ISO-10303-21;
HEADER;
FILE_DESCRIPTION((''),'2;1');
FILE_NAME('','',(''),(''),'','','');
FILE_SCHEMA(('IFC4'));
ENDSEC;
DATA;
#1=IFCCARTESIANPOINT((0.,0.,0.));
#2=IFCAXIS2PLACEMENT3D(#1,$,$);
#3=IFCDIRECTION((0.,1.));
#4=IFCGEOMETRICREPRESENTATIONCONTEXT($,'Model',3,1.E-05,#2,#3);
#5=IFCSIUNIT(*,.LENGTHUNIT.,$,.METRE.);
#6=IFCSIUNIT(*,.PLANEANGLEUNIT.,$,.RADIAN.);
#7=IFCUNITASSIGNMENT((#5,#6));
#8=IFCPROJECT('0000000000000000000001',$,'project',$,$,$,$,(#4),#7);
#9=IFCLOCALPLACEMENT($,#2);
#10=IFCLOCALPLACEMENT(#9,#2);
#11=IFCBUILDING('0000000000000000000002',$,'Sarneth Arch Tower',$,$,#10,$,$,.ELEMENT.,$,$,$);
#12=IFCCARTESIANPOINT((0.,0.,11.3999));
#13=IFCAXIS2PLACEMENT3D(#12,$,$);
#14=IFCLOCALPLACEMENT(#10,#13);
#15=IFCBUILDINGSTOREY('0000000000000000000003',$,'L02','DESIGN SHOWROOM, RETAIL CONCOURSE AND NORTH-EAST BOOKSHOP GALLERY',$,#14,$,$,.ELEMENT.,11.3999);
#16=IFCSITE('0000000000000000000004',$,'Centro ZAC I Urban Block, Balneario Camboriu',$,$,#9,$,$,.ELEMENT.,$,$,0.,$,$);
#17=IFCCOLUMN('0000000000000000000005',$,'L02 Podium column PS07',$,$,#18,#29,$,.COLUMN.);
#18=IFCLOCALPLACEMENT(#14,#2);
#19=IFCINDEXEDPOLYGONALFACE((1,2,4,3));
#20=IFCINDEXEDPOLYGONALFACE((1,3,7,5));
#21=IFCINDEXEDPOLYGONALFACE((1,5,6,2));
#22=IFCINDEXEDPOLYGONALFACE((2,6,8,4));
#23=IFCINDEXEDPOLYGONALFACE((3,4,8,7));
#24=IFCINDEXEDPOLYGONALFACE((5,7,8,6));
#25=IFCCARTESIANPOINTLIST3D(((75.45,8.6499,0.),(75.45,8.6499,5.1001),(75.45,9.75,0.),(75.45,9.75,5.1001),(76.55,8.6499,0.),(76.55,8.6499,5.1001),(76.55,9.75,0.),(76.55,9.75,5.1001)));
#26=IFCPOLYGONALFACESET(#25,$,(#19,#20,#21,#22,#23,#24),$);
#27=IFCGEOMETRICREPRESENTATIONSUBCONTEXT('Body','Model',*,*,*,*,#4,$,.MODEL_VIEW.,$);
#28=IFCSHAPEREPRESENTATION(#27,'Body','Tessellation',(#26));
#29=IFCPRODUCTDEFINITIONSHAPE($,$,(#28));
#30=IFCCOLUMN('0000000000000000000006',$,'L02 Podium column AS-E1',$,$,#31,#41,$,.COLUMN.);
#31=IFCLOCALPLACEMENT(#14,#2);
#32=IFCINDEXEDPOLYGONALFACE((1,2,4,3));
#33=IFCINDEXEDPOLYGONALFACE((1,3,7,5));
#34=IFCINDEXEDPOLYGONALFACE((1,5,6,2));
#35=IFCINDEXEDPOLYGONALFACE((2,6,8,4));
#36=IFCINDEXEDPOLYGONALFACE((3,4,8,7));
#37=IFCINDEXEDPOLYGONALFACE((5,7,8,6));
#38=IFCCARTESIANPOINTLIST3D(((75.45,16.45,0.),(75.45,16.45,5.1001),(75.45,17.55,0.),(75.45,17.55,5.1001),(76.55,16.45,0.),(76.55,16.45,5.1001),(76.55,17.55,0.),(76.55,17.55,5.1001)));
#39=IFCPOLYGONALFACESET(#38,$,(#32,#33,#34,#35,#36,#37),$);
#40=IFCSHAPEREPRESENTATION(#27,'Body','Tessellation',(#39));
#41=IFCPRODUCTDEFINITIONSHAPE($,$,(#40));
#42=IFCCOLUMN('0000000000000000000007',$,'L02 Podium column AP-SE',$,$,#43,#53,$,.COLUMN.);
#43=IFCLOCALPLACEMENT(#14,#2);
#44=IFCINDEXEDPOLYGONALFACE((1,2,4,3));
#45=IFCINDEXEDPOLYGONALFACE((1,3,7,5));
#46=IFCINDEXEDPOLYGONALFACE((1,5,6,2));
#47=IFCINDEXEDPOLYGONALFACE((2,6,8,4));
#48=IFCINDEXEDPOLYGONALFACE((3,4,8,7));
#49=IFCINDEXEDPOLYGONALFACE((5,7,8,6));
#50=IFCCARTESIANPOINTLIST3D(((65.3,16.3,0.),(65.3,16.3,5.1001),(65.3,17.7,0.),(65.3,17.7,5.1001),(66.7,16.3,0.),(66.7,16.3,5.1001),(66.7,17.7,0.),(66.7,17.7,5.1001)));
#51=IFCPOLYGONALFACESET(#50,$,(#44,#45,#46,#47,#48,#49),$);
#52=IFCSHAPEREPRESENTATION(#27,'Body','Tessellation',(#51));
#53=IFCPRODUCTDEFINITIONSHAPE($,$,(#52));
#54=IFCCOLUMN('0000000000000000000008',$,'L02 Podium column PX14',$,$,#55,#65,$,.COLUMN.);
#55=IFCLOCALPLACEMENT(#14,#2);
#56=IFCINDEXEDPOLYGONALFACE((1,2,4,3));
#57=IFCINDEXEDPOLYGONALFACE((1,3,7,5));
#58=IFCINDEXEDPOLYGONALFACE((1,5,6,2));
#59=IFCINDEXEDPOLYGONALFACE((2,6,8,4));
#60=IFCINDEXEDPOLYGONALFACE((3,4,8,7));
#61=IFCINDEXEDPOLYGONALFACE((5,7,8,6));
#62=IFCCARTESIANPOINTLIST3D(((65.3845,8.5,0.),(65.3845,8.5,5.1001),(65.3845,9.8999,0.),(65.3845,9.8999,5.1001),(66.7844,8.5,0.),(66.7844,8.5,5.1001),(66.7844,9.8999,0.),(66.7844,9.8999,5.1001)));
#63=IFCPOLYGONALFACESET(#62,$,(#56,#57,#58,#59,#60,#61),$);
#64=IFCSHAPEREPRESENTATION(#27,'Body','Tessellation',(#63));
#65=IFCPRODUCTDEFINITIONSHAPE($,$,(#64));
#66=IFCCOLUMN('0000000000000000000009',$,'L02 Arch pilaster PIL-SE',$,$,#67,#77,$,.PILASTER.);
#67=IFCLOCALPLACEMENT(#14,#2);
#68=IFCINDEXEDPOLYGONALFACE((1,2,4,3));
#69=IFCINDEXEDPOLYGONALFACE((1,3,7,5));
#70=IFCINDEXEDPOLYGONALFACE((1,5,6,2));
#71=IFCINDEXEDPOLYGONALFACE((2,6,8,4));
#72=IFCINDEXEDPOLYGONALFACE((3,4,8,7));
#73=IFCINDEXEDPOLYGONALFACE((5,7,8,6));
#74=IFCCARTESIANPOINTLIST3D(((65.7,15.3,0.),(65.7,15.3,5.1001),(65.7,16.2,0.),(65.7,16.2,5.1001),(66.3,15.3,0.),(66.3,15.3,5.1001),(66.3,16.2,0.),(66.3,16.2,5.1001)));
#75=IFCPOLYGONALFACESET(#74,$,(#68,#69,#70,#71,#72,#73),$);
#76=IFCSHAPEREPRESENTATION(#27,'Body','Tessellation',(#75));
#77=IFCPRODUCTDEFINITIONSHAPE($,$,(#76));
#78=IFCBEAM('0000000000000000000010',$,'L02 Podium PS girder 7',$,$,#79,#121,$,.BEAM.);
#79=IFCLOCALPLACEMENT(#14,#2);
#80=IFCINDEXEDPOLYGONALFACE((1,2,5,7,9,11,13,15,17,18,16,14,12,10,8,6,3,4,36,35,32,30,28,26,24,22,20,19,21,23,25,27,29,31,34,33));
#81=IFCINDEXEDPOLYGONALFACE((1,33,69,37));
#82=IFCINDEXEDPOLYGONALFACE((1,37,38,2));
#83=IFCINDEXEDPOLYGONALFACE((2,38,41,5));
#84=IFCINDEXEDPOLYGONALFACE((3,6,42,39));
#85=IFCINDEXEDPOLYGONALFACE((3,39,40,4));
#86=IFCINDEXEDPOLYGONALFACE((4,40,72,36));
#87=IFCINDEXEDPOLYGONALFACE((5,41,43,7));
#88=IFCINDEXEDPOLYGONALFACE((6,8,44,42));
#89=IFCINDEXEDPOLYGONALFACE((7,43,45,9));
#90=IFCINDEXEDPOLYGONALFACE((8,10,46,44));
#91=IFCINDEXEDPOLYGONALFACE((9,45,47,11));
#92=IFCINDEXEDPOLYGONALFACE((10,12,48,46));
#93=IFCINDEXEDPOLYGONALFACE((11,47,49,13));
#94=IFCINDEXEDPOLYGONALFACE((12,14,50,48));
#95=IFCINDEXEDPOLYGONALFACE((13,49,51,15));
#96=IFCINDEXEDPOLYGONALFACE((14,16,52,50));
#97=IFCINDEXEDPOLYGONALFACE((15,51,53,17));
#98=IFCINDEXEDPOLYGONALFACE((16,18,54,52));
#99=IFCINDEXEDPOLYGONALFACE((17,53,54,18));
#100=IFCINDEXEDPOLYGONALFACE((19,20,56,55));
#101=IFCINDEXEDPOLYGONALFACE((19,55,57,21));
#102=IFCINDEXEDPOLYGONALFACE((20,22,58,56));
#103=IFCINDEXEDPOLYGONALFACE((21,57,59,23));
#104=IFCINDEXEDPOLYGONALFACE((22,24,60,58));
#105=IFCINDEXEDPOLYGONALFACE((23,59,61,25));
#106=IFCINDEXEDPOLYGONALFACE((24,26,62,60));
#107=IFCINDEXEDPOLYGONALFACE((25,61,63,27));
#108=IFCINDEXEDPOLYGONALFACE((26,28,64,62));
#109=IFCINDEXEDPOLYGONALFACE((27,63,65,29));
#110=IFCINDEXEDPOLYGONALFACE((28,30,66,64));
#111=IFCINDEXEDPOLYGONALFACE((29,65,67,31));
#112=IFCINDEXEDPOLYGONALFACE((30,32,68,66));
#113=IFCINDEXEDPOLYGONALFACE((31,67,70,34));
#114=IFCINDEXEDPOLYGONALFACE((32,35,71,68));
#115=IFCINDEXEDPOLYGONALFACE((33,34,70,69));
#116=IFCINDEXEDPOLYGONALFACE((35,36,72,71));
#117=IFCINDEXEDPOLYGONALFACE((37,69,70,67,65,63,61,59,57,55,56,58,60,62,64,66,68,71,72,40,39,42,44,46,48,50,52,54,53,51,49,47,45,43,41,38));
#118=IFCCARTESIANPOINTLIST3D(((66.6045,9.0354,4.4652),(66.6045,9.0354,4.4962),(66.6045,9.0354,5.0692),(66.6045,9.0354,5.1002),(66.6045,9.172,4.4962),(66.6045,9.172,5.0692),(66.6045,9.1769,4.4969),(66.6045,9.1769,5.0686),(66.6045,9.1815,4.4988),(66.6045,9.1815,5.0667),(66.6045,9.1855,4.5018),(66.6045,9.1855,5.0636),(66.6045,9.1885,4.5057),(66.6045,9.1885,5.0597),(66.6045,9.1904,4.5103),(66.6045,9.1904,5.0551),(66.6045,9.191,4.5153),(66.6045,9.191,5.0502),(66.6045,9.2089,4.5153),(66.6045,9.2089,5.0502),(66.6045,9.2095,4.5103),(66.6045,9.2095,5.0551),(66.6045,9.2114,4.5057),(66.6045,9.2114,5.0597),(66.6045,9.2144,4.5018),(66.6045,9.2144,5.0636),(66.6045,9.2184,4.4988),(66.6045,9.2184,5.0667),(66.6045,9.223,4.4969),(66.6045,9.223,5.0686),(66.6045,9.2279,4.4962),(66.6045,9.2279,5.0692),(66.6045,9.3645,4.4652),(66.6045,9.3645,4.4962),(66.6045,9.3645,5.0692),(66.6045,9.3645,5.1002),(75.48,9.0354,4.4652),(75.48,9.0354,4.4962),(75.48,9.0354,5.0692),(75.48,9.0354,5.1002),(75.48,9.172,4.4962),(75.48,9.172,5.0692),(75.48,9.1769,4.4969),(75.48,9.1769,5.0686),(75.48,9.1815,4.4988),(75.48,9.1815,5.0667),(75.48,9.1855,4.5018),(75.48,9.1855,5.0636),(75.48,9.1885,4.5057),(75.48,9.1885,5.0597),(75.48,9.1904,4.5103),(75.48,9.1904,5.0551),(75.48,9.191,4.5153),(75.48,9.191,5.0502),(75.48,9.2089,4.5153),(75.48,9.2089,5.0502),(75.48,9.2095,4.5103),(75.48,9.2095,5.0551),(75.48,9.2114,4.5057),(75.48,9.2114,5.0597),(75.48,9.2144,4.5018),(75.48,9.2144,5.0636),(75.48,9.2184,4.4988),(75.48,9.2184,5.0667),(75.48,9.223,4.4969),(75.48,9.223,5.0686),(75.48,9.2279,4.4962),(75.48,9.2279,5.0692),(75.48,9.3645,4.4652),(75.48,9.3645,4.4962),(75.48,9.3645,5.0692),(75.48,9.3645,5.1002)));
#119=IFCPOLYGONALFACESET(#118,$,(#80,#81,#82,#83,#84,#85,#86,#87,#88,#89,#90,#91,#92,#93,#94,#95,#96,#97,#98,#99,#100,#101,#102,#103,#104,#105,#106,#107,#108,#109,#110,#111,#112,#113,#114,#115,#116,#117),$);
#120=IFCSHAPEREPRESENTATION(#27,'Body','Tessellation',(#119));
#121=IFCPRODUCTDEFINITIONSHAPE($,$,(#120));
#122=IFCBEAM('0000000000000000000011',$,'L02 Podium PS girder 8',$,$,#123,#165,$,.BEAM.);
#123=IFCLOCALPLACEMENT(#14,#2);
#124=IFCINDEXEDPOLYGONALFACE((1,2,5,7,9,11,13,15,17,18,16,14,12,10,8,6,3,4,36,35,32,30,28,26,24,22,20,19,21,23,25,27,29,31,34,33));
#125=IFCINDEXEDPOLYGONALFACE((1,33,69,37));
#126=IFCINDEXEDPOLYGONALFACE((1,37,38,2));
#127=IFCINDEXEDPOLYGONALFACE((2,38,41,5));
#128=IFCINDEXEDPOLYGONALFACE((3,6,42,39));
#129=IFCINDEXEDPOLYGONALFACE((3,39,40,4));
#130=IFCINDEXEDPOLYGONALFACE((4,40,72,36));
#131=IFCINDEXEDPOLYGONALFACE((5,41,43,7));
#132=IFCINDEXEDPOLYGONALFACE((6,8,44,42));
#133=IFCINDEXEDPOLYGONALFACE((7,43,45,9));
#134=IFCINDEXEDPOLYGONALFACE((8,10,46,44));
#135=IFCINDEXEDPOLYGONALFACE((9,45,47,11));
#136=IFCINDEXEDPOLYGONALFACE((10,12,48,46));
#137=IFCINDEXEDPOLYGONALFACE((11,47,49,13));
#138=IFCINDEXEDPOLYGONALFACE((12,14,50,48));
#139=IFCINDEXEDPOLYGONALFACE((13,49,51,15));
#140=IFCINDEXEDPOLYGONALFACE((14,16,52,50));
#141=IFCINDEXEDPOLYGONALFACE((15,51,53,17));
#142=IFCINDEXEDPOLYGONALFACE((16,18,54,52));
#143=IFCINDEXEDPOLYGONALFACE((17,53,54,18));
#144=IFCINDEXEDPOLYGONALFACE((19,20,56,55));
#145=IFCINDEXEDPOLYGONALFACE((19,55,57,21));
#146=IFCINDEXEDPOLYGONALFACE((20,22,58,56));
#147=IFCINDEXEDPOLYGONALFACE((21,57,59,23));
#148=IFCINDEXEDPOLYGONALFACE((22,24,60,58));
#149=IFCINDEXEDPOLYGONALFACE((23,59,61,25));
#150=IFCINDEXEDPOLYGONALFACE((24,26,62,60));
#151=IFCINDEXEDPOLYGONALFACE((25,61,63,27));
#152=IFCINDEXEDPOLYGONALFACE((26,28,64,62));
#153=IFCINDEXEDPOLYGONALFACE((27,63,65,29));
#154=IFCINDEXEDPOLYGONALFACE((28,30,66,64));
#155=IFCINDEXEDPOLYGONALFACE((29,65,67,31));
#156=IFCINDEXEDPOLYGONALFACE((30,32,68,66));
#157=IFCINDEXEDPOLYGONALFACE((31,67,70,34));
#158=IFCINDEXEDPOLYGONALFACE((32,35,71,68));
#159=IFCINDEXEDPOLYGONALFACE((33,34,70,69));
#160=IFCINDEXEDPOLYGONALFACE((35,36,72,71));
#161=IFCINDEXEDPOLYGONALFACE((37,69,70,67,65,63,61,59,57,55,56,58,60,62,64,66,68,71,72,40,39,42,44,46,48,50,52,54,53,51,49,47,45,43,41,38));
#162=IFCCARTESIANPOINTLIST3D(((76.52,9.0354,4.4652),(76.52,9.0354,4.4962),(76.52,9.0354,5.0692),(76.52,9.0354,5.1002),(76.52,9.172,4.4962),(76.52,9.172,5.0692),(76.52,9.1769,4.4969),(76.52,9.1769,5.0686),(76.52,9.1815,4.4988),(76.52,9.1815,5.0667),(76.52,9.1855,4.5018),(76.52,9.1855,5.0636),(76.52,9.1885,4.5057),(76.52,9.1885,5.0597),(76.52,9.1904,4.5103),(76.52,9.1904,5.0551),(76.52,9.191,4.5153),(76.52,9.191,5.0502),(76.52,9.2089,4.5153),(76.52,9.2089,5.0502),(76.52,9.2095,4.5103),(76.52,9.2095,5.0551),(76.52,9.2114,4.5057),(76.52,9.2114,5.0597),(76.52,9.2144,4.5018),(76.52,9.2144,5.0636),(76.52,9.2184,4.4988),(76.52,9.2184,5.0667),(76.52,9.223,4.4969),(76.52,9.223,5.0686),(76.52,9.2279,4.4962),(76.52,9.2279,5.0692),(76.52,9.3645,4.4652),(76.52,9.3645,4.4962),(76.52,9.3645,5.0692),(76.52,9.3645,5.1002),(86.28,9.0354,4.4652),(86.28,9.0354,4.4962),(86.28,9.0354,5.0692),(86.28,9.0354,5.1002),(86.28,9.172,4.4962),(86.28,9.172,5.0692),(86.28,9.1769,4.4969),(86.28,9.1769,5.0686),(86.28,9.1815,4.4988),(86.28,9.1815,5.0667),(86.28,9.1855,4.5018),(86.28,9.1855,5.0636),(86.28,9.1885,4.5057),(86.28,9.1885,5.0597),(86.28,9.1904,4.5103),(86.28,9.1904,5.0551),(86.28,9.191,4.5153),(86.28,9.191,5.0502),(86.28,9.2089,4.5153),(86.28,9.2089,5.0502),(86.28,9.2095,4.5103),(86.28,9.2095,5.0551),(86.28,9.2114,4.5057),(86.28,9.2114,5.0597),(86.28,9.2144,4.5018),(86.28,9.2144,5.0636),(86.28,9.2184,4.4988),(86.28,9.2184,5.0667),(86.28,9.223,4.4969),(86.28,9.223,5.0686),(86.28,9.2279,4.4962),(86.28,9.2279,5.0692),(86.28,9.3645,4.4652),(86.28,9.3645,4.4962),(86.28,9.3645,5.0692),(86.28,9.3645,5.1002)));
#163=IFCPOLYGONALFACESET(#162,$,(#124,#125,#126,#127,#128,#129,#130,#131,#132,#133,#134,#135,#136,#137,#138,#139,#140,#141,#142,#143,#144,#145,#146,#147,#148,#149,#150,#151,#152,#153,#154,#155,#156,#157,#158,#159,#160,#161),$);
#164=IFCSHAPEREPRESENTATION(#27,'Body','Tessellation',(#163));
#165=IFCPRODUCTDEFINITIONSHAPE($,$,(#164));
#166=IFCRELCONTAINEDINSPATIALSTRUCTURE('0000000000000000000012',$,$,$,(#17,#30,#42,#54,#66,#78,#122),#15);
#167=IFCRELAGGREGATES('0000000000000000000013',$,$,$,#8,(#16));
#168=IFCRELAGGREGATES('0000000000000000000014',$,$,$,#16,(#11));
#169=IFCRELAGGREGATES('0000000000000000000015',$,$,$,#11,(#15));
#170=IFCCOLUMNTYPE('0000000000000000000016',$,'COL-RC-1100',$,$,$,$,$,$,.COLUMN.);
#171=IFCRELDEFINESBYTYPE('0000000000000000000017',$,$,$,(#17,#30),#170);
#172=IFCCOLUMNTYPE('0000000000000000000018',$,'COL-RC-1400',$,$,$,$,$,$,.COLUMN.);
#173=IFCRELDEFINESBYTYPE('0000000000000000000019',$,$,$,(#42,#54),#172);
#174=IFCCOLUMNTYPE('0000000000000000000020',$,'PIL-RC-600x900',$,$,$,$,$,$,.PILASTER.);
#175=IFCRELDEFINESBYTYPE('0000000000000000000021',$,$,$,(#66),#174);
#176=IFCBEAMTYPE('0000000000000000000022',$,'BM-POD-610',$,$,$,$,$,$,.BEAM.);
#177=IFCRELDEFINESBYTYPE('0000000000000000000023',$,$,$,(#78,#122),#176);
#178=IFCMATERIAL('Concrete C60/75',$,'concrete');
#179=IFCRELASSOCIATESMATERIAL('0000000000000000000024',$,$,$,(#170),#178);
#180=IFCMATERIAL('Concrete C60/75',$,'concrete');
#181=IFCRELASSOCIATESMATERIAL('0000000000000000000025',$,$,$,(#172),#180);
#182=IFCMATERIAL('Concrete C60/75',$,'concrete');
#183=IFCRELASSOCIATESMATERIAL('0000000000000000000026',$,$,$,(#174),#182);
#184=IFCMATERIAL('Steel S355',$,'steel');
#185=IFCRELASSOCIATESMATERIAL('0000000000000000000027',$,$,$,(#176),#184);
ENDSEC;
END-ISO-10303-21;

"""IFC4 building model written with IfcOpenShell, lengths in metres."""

from ifc_helpers import new_model, si_unit, direction, frame, origin, origin_2d, place, context, subcontext, project, spatial, rectangle, i_section, extrude, material, material_profile, profile_set, type_object, element, save


model = new_model("IFC4")

# Units and contexts
model_context = context("Model", 3, precision=1e-05, world=origin(), true_north=direction((0.0, 1.0)))
body_context = subcontext(model_context, "Body", "Model", "MODEL_VIEW")
ifc_project = project(units=[si_unit("LENGTHUNIT", "METRE"), si_unit("PLANEANGLEUNIT", "RADIAN")], contexts=[model_context])

# Site, building, storey
site_placement = place(None, origin())
site = spatial("IfcSite", under=ifc_project, at=site_placement, Name="Centro ZAC I Urban Block, Balneario Camboriu", CompositionType="ELEMENT", RefElevation=0.0)
building_placement = place(site_placement, origin())
building = spatial("IfcBuilding", under=site, at=building_placement, Name="Sarneth Arch Tower", CompositionType="ELEMENT")
storey_placement = place(building_placement, frame((0.0, 0.0, 11.3999)))
storey = spatial("IfcBuildingStorey", under=building, at=storey_placement, Name="L02", Description="DESIGN SHOWROOM, RETAIL CONCOURSE AND NORTH-EAST BOOKSHOP GALLERY", CompositionType="ELEMENT", Elevation=11.3999)

# Columns
ifc_material_1 = material(Name="Concrete C60/75", Category="concrete")
ifc_material_profile_1 = material_profile(ifc_material_1, rectangle(XDim=1.1001, YDim=1.1001, at=origin_2d()), Name="RC-1100x1100")
ifc_profile_set_1 = profile_set([ifc_material_profile_1], Name="Concrete C60/75")
column_type_1 = type_object("IfcColumnType", Name="COL-RC-1100", PredefinedType="COLUMN", material=ifc_profile_set_1)
for number, where, z_axis, x_axis, name in (
    (1, (76.0, 9.2, 0.0), (0.0, 0.0, 1.0), (1.0, 0.0, 0.0), "L02 Podium column PS07"),
    (2, (76.0, 17.0, 0.0), (0.0, 0.0, 1.0), (1.0, 0.0, 0.0), "L02 Podium column AS-E1"),
):
    element("IfcColumn", number, at=place(storey_placement, frame(where, z_axis=z_axis, x_axis=x_axis)), inside=storey, type_object=column_type_1, Name=name, PredefinedType="COLUMN", context=body_context, shape_type="SweptSolid", body=[
        extrude(rectangle(XDim=1.1001, YDim=1.1001, at=origin_2d()), origin(), (0.0, 0.0, 1.0), 5.1001),
    ])
ifc_material_2 = material(Name="Concrete C60/75", Category="concrete")
ifc_material_profile_2 = material_profile(ifc_material_2, rectangle(XDim=1.3999, YDim=1.3999, at=origin_2d()), Name="RC-1400x1400")
ifc_profile_set_2 = profile_set([ifc_material_profile_2], Name="Concrete C60/75")
column_type_2 = type_object("IfcColumnType", Name="COL-RC-1400", PredefinedType="COLUMN", material=ifc_profile_set_2)
for number, where, z_axis, x_axis, name in (
    (3, (66.0, 17.0, 0.0), (0.0, 0.0, 1.0), (1.0, 0.0, 0.0), "L02 Podium column AP-SE"),
    (4, (66.0845, 9.2, 0.0), (0.0, 0.0, 1.0), (1.0, 0.0, 0.0), "L02 Podium column PX14"),
):
    element("IfcColumn", number, at=place(storey_placement, frame(where, z_axis=z_axis, x_axis=x_axis)), inside=storey, type_object=column_type_2, Name=name, PredefinedType="COLUMN", context=body_context, shape_type="SweptSolid", body=[
        extrude(rectangle(XDim=1.3999, YDim=1.3999, at=origin_2d()), origin(), (0.0, 0.0, 1.0), 5.1001),
    ])
ifc_material_3 = material(Name="Concrete C60/75", Category="concrete")
ifc_material_profile_3 = material_profile(ifc_material_3, rectangle(XDim=0.6001, YDim=0.8999, at=origin_2d()), Name="RC-600x900")
ifc_profile_set_3 = profile_set([ifc_material_profile_3], Name="Concrete C60/75")
column_type_3 = type_object("IfcColumnType", Name="PIL-RC-600x900", PredefinedType="PILASTER", material=ifc_profile_set_3)
column_placement = place(storey_placement, frame((66.0, 15.75, 0.0), z_axis=(0.0, 0.0, 1.0), x_axis=(1.0, 0.0, 0.0)))
element("IfcColumn", 5, at=column_placement, inside=storey, type_object=column_type_3, Name="L02 Arch pilaster PIL-SE", PredefinedType="PILASTER", context=body_context, shape_type="SweptSolid", body=[
    extrude(rectangle(XDim=0.6001, YDim=0.8999, at=origin_2d()), origin(), (0.0, 0.0, 1.0), 5.1001),
])

# Beams
ifc_material_4 = material(Name="Steel S355", Category="steel")
ifc_material_profile_4 = material_profile(ifc_material_4, i_section(OverallWidth=0.3291, OverallDepth=0.635, WebThickness=0.0178, FlangeThickness=0.031, FilletRadius=0.019, at=origin_2d()), Name="W610x241")
ifc_profile_set_4 = profile_set([ifc_material_profile_4], Name="Steel S355")
beam_type = type_object("IfcBeamType", Name="BM-POD-610", PredefinedType="BEAM", material=ifc_profile_set_4)
beam_1_placement = place(storey_placement, frame((66.6045, 9.2, 4.7827), z_axis=(1.0, 0.0, 0.0), x_axis=(0.0, 1.0, 0.0)))
element("IfcBeam", 6, at=beam_1_placement, inside=storey, type_object=beam_type, Name="L02 Podium PS girder 7", PredefinedType="BEAM", context=body_context, shape_type="SweptSolid", body=[
    extrude(i_section(OverallWidth=0.3291, OverallDepth=0.635, WebThickness=0.0178, FlangeThickness=0.031, FilletRadius=0.019, at=origin_2d()), origin(), (0.0, 0.0, 1.0), 8.8755),
])
beam_2_placement = place(storey_placement, frame((76.52, 9.2, 4.7827), z_axis=(1.0, 0.0, 0.0), x_axis=(0.0, 1.0, 0.0)))
element("IfcBeam", 7, at=beam_2_placement, inside=storey, type_object=beam_type, Name="L02 Podium PS girder 8", PredefinedType="BEAM", context=body_context, shape_type="SweptSolid", body=[
    extrude(i_section(OverallWidth=0.3291, OverallDepth=0.635, WebThickness=0.0178, FlangeThickness=0.031, FilletRadius=0.019, at=origin_2d()), origin(), (0.0, 0.0, 1.0), 9.76),
])

save(model, "model.ifc")
